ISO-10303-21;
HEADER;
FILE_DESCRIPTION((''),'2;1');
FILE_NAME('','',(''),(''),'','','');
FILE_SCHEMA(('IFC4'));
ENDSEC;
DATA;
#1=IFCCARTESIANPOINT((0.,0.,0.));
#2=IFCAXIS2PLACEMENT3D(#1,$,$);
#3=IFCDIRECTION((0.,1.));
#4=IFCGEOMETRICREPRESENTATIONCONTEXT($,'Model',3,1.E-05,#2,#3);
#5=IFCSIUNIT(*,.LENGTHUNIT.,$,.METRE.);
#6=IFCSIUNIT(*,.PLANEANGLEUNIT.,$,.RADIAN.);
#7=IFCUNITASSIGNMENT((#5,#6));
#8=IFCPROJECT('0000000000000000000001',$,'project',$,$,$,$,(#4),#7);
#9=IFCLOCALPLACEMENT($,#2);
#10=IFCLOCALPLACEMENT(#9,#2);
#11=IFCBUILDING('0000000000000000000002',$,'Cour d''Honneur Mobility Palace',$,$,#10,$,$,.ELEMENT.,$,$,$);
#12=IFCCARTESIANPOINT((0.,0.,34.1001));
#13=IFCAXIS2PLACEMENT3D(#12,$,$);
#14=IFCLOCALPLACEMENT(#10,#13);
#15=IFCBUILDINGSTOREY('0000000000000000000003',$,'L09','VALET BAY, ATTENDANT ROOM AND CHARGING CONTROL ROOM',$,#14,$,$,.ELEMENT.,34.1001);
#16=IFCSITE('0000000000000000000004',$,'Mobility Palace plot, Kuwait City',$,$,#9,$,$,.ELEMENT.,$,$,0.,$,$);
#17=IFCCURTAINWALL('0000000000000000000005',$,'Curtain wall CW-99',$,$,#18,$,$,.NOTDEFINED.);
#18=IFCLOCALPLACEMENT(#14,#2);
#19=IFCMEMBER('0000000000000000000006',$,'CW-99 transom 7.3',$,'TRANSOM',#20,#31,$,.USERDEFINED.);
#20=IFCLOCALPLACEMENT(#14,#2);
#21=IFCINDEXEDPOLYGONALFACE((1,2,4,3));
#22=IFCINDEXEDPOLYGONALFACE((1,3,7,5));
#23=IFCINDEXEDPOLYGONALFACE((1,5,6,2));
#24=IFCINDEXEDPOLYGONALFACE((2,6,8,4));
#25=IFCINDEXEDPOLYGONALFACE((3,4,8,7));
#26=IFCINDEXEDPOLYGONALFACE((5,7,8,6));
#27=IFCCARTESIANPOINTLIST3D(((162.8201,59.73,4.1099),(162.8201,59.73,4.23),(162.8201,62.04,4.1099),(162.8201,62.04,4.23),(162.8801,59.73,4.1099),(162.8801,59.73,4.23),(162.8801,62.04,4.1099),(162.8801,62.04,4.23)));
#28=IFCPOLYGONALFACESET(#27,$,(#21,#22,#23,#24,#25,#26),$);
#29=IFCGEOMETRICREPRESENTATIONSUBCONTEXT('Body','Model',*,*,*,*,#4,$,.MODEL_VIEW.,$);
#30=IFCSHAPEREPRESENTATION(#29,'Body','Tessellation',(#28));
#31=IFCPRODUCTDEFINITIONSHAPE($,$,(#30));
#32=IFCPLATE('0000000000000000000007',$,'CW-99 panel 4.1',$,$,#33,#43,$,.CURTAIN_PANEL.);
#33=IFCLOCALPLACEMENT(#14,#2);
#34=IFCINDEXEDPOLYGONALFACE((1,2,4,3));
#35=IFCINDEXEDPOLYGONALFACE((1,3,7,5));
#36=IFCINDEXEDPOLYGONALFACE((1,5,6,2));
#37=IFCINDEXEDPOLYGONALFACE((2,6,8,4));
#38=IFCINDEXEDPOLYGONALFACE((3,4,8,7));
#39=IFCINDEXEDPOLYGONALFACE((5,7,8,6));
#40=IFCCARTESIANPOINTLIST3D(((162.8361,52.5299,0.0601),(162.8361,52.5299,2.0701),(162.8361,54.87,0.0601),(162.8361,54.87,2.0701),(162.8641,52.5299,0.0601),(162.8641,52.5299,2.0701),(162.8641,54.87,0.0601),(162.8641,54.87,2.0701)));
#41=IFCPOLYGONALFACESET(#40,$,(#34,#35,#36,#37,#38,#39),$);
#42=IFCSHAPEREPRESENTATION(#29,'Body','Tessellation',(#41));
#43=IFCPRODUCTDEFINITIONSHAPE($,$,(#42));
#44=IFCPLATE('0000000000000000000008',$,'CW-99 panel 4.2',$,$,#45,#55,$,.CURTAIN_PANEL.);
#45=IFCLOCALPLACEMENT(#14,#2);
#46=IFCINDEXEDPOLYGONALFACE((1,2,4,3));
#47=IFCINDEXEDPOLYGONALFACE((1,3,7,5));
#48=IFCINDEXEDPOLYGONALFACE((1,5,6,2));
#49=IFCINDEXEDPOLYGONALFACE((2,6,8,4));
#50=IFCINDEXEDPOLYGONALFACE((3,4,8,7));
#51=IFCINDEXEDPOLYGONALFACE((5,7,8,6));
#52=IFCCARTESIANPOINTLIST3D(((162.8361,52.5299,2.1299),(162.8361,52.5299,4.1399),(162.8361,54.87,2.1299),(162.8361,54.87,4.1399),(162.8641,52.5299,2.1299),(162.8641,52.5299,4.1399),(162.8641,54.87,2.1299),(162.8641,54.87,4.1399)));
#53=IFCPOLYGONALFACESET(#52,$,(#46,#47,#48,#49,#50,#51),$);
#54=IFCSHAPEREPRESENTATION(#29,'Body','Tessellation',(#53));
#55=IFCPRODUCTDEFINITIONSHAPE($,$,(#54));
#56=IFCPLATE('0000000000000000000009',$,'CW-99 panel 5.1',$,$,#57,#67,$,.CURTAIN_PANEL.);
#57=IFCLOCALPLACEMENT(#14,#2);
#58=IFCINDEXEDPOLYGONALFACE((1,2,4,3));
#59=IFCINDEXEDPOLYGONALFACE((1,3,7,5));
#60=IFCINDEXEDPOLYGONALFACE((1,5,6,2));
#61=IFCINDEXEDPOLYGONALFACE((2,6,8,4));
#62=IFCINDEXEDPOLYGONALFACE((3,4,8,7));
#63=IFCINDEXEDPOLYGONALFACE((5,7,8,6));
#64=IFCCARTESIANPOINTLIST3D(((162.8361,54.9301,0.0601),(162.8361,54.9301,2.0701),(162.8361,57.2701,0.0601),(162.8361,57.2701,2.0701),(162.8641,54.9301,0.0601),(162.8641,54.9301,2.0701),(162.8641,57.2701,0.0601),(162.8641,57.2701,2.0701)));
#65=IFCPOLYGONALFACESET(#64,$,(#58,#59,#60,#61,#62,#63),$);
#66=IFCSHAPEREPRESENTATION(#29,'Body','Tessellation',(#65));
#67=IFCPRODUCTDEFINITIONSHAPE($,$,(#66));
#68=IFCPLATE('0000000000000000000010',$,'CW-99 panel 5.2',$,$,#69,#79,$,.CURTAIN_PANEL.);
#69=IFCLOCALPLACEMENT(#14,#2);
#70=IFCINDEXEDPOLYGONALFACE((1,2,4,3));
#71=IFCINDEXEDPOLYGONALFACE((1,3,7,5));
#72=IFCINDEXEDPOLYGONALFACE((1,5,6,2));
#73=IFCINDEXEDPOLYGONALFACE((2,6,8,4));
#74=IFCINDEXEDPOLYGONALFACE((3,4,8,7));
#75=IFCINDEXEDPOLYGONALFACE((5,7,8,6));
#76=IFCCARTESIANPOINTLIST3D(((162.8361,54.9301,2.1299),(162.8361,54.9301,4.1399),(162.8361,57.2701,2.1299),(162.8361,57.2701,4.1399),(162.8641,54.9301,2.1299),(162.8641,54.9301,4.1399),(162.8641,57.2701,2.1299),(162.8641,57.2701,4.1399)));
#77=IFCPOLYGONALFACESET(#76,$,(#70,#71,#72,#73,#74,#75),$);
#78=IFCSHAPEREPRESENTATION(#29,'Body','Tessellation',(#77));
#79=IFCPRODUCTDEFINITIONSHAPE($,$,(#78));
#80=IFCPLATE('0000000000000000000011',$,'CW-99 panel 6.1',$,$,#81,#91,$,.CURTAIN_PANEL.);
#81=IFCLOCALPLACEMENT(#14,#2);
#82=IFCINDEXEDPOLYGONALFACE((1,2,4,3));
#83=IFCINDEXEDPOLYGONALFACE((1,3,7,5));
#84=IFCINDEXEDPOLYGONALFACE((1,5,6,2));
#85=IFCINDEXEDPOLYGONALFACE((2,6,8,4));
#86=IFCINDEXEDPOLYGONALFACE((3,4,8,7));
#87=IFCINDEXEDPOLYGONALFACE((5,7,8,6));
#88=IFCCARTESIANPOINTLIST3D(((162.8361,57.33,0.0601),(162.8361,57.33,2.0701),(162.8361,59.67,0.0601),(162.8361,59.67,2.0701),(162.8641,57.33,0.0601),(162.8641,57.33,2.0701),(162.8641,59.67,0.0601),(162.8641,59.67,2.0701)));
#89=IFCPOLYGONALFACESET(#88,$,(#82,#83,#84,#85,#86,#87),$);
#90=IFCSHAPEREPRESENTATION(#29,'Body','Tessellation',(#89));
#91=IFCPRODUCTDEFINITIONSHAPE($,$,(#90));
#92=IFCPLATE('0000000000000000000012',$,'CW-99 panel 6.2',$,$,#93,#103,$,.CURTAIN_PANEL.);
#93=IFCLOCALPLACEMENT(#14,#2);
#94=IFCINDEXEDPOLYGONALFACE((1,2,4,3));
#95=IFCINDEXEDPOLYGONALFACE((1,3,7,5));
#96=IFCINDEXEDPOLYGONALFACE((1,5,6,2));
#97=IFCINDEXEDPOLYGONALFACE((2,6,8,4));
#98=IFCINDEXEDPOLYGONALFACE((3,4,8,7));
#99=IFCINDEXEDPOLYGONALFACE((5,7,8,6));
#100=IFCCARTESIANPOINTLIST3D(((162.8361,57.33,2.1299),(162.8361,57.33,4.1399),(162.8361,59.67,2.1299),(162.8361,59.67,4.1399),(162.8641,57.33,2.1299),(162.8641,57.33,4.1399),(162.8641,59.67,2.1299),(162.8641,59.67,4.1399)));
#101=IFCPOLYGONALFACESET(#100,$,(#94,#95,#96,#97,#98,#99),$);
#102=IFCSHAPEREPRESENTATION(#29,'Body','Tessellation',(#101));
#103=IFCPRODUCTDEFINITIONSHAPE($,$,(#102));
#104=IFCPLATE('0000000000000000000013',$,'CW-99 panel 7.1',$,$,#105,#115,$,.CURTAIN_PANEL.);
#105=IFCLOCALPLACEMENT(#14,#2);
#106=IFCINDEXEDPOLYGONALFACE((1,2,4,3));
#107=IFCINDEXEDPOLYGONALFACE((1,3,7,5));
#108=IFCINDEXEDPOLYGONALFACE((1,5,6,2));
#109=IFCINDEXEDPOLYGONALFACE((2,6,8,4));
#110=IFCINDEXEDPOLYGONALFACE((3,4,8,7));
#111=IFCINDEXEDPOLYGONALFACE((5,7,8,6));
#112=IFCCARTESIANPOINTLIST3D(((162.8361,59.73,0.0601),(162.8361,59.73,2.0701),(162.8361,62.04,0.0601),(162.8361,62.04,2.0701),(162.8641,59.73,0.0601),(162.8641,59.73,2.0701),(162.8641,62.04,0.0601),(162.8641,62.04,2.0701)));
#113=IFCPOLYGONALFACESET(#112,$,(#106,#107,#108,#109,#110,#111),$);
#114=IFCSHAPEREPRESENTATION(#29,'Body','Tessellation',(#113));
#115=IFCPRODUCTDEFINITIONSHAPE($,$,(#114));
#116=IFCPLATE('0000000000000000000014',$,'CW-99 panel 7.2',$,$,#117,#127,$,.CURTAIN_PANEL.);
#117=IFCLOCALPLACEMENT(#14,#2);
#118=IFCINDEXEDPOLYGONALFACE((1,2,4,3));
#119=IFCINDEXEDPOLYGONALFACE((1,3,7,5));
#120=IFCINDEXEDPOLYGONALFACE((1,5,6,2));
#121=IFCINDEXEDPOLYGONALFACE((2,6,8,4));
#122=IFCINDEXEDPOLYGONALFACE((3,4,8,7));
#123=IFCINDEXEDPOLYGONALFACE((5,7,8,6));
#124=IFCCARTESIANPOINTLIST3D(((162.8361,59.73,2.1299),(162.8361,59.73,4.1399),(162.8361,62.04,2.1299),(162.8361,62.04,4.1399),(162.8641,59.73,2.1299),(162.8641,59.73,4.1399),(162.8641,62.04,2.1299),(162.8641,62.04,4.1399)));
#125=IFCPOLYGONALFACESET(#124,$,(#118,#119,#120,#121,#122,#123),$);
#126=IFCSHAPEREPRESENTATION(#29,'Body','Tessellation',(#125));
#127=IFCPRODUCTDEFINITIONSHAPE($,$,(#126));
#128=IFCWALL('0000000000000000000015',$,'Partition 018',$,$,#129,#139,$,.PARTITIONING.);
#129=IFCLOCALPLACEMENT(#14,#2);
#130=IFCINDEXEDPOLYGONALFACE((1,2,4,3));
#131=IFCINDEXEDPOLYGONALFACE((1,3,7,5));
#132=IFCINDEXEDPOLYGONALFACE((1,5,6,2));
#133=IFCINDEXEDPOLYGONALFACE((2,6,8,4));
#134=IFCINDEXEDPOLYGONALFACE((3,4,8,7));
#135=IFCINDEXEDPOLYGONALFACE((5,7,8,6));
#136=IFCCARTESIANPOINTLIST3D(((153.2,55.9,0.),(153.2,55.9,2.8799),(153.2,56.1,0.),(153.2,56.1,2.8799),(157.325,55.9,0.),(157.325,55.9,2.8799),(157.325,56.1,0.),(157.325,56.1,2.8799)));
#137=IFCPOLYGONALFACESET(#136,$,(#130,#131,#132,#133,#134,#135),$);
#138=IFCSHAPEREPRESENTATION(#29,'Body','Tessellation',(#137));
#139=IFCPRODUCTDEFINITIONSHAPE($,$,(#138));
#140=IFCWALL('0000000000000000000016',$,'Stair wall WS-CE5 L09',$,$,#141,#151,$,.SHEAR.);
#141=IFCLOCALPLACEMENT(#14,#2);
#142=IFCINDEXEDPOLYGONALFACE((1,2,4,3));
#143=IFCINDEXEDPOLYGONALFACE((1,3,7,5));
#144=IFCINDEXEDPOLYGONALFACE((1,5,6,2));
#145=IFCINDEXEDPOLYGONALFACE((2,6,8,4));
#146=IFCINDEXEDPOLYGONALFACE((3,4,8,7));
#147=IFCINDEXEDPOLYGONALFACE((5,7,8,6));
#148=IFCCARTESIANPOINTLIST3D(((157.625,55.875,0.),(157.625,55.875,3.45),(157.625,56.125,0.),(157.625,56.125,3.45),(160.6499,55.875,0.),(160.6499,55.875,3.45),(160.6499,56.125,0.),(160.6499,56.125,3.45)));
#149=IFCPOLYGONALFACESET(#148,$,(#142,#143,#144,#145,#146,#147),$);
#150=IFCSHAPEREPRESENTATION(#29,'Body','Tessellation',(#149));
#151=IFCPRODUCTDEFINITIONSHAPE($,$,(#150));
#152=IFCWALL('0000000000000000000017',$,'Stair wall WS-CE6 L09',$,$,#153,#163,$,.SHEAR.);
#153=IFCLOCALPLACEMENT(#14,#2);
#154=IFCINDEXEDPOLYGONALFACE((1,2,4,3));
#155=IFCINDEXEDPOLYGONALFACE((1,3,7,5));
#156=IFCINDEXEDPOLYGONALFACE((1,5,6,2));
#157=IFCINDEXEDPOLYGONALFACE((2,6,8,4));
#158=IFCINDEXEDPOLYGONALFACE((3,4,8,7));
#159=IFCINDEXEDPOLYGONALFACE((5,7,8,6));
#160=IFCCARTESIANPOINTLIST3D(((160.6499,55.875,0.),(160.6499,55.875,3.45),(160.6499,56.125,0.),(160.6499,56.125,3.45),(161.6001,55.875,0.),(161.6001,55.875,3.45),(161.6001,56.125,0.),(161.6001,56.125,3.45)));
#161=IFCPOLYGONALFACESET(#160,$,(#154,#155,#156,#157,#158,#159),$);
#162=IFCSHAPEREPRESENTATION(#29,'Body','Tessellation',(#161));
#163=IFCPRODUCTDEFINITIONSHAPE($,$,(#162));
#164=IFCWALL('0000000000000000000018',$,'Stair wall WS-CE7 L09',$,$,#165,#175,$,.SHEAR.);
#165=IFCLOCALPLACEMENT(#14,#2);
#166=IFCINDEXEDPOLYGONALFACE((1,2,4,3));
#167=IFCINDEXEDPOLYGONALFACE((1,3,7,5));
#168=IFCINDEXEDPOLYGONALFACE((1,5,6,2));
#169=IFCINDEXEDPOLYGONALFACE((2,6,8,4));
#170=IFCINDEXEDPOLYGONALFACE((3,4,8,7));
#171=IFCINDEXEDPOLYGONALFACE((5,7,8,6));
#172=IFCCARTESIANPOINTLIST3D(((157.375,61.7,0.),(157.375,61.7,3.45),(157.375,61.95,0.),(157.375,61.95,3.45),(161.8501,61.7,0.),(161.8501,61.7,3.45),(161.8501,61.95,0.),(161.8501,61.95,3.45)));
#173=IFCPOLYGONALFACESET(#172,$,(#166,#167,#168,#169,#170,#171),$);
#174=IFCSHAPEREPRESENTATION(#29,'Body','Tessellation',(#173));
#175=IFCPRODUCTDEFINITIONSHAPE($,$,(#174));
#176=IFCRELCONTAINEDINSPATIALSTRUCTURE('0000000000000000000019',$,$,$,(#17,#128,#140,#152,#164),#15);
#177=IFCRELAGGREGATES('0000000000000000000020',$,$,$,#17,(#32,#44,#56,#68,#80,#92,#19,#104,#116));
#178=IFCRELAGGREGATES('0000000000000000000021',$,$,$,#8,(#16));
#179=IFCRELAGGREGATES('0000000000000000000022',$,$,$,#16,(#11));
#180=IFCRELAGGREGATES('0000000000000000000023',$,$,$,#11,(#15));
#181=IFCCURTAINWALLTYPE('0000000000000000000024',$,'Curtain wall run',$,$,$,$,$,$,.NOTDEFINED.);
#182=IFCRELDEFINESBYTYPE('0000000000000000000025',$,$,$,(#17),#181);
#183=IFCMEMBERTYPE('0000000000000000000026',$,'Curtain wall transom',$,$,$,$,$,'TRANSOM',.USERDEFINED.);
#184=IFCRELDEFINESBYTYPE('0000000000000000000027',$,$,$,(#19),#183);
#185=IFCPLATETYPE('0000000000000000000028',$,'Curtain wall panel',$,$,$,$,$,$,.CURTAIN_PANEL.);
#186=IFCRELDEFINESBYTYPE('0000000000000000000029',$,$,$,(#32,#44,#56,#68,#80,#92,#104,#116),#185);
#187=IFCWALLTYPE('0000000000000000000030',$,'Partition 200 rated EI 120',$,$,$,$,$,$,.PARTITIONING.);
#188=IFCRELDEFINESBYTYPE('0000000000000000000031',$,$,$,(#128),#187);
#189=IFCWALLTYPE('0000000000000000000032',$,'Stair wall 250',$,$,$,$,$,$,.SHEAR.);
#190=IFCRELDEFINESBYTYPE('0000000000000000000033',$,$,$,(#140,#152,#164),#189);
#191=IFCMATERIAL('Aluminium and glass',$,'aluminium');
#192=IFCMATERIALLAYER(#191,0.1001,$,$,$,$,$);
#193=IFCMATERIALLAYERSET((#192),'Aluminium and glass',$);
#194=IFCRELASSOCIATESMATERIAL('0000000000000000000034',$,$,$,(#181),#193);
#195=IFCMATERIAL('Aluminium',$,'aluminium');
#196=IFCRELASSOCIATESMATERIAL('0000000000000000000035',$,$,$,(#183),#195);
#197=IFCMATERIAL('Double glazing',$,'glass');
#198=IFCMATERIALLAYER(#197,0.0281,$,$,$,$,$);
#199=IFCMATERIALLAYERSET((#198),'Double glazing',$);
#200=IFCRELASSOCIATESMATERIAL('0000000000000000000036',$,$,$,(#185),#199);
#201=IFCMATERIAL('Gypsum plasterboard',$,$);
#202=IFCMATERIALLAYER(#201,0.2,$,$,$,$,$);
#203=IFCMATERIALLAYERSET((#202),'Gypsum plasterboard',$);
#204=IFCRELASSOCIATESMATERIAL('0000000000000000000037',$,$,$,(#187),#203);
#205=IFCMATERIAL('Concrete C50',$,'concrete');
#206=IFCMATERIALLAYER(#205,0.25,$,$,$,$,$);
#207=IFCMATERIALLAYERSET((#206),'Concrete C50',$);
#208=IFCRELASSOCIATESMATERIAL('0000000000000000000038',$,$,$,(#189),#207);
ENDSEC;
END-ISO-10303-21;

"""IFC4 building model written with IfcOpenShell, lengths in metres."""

from ifc_helpers import new_model, si_unit, direction, frame, frame_2d, origin, origin_2d, place, context, subcontext, project, spatial, rectangle, extrude, material, layer, layer_set, material_profile, profile_set, type_object, element, aggregate, save


model = new_model("IFC4")

# Units and contexts
model_context = context("Model", 3, precision=1e-05, world=origin(), true_north=direction((0.0, 1.0)))
body_context = subcontext(model_context, "Body", "Model", "MODEL_VIEW")
ifc_project = project(units=[si_unit("LENGTHUNIT", "METRE"), si_unit("PLANEANGLEUNIT", "RADIAN")], contexts=[model_context])

# Site, building, storey
site_placement = place(None, origin())
site = spatial("IfcSite", under=ifc_project, at=site_placement, Name="Mobility Palace plot, Kuwait City", CompositionType="ELEMENT", RefElevation=0.0)
building_placement = place(site_placement, origin())
building = spatial("IfcBuilding", under=site, at=building_placement, Name="Cour d'Honneur Mobility Palace", CompositionType="ELEMENT")
storey_placement = place(building_placement, frame((0.0, 0.0, 34.1001)))
storey = spatial("IfcBuildingStorey", under=building, at=storey_placement, Name="L09", Description="VALET BAY, ATTENDANT ROOM AND CHARGING CONTROL ROOM", CompositionType="ELEMENT", Elevation=34.1001)

# Curtain wall, member, plates
ifc_material_1 = material(Name="Aluminium and glass", Category="aluminium")
ifc_layer_1 = layer(ifc_material_1, 0.1001)
ifc_layer_set_1 = layer_set([ifc_layer_1], Name="Aluminium and glass")
curtain_wall_type = type_object("IfcCurtainWallType", Name="Curtain wall run", PredefinedType="NOTDEFINED", material=ifc_layer_set_1)
curtain_wall_placement = place(storey_placement, origin())
curtain_wall = element("IfcCurtainWall", 1, at=curtain_wall_placement, inside=storey, type_object=curtain_wall_type, Name="Curtain wall CW-99", PredefinedType="NOTDEFINED")
ifc_material_2 = material(Name="Aluminium", Category="aluminium")
ifc_material_profile_1 = material_profile(ifc_material_2, rectangle(XDim=0.0601, YDim=0.1201, at=origin_2d()), Name="Curtain wall transom")
ifc_profile_set_1 = profile_set([ifc_material_profile_1], Name="Aluminium")
member_type_1 = type_object("IfcMemberType", Name="Curtain wall transom", ElementType="TRANSOM", PredefinedType="USERDEFINED", material=ifc_profile_set_1)
member_1_placement = place(storey_placement, frame((162.8501, 59.73, 4.1699), z_axis=(0.0, 1.0, 0.0), x_axis=(-1.0, 0.0, 0.0)))
member_1 = element("IfcMember", 2, at=member_1_placement, type_object=member_type_1, Name="CW-99 transom 7.3", ObjectType="TRANSOM", PredefinedType="USERDEFINED", context=body_context, shape_type="SweptSolid", body=[
    extrude(rectangle(XDim=0.0601, YDim=0.1201, at=origin_2d()), origin(), (0.0, 0.0, 1.0), 2.3101),
])
ifc_material_3 = material(Name="Double glazing", Category="glass")
ifc_layer_2 = layer(ifc_material_3, 0.0281)
ifc_layer_set_2 = layer_set([ifc_layer_2], Name="Double glazing")
plate_type = type_object("IfcPlateType", Name="Curtain wall panel", PredefinedType="CURTAIN_PANEL", material=ifc_layer_set_2)
plate_1_placement = place(storey_placement, frame((162.8501, 53.7, 0.0601), z_axis=(0.0, 0.0, 1.0), x_axis=(0.0, 1.0, 0.0)))
plate_1 = element("IfcPlate", 3, at=plate_1_placement, type_object=plate_type, Name="CW-99 panel 4.1", PredefinedType="CURTAIN_PANEL", context=body_context, shape_type="SweptSolid", body=[
    extrude(rectangle(XDim=2.3401, YDim=0.0281, at=origin_2d()), origin(), (0.0, 0.0, 1.0), 2.01),
])
plate_2_placement = place(storey_placement, frame((162.8501, 53.7, 2.1299), z_axis=(0.0, 0.0, 1.0), x_axis=(0.0, 1.0, 0.0)))
plate_2 = element("IfcPlate", 4, at=plate_2_placement, type_object=plate_type, Name="CW-99 panel 4.2", PredefinedType="CURTAIN_PANEL", context=body_context, shape_type="SweptSolid", body=[
    extrude(rectangle(XDim=2.3401, YDim=0.0281, at=origin_2d()), origin(), (0.0, 0.0, 1.0), 2.01),
])
plate_3_placement = place(storey_placement, frame((162.8501, 56.1001, 0.0601), z_axis=(0.0, 0.0, 1.0), x_axis=(0.0, 1.0, 0.0)))
plate_3 = element("IfcPlate", 5, at=plate_3_placement, type_object=plate_type, Name="CW-99 panel 5.1", PredefinedType="CURTAIN_PANEL", context=body_context, shape_type="SweptSolid", body=[
    extrude(rectangle(XDim=2.3401, YDim=0.0281, at=origin_2d()), origin(), (0.0, 0.0, 1.0), 2.01),
])
plate_4_placement = place(storey_placement, frame((162.8501, 56.1001, 2.1299), z_axis=(0.0, 0.0, 1.0), x_axis=(0.0, 1.0, 0.0)))
plate_4 = element("IfcPlate", 6, at=plate_4_placement, type_object=plate_type, Name="CW-99 panel 5.2", PredefinedType="CURTAIN_PANEL", context=body_context, shape_type="SweptSolid", body=[
    extrude(rectangle(XDim=2.3401, YDim=0.0281, at=origin_2d()), origin(), (0.0, 0.0, 1.0), 2.01),
])
plate_5_placement = place(storey_placement, frame((162.8501, 58.5, 0.0601), z_axis=(0.0, 0.0, 1.0), x_axis=(0.0, 1.0, 0.0)))
plate_5 = element("IfcPlate", 7, at=plate_5_placement, type_object=plate_type, Name="CW-99 panel 6.1", PredefinedType="CURTAIN_PANEL", context=body_context, shape_type="SweptSolid", body=[
    extrude(rectangle(XDim=2.3401, YDim=0.0281, at=origin_2d()), origin(), (0.0, 0.0, 1.0), 2.01),
])
plate_6_placement = place(storey_placement, frame((162.8501, 58.5, 2.1299), z_axis=(0.0, 0.0, 1.0), x_axis=(0.0, 1.0, 0.0)))
plate_6 = element("IfcPlate", 8, at=plate_6_placement, type_object=plate_type, Name="CW-99 panel 6.2", PredefinedType="CURTAIN_PANEL", context=body_context, shape_type="SweptSolid", body=[
    extrude(rectangle(XDim=2.3401, YDim=0.0281, at=origin_2d()), origin(), (0.0, 0.0, 1.0), 2.01),
])
plate_7_placement = place(storey_placement, frame((162.8501, 60.885, 0.0601), z_axis=(0.0, 0.0, 1.0), x_axis=(0.0, 1.0, 0.0)))
plate_7 = element("IfcPlate", 9, at=plate_7_placement, type_object=plate_type, Name="CW-99 panel 7.1", PredefinedType="CURTAIN_PANEL", context=body_context, shape_type="SweptSolid", body=[
    extrude(rectangle(XDim=2.3101, YDim=0.0281, at=origin_2d()), origin(), (0.0, 0.0, 1.0), 2.01),
])
plate_8_placement = place(storey_placement, frame((162.8501, 60.885, 2.1299), z_axis=(0.0, 0.0, 1.0), x_axis=(0.0, 1.0, 0.0)))
plate_8 = element("IfcPlate", 10, at=plate_8_placement, type_object=plate_type, Name="CW-99 panel 7.2", PredefinedType="CURTAIN_PANEL", context=body_context, shape_type="SweptSolid", body=[
    extrude(rectangle(XDim=2.3101, YDim=0.0281, at=origin_2d()), origin(), (0.0, 0.0, 1.0), 2.01),
])
aggregate(curtain_wall, [plate_1, plate_2, plate_3, plate_4, plate_5, plate_6, member_1, plate_7, plate_8])

# Walls
ifc_material_4 = material(Name="Gypsum plasterboard")
ifc_layer_3 = layer(ifc_material_4, 0.2)
ifc_layer_set_3 = layer_set([ifc_layer_3], Name="Gypsum plasterboard")
wall_type_1 = type_object("IfcWallType", Name="Partition 200 rated EI 120", PredefinedType="PARTITIONING", material=ifc_layer_set_3)
wall_1_placement = place(storey_placement, frame((157.325, 56.0, 0.0), z_axis=(0.0, 0.0, 1.0), x_axis=(-1.0, 0.0, 0.0)))
element("IfcWall", 11, at=wall_1_placement, inside=storey, type_object=wall_type_1, Name="Partition 018", PredefinedType="PARTITIONING", context=body_context, shape_type="SweptSolid", body=[
    extrude(rectangle(XDim=4.125, YDim=0.2, at=frame_2d((2.0625, 0.0))), origin(), (0.0, 0.0, 1.0), 2.8799),
])
ifc_material_5 = material(Name="Concrete C50", Category="concrete")
ifc_layer_4 = layer(ifc_material_5, 0.25)
ifc_layer_set_4 = layer_set([ifc_layer_4], Name="Concrete C50")
wall_type_2 = type_object("IfcWallType", Name="Stair wall 250", PredefinedType="SHEAR", material=ifc_layer_set_4)
wall_2_placement = place(storey_placement, frame((157.625, 56.0, 0.0), z_axis=(0.0, 0.0, 1.0), x_axis=(1.0, 0.0, 0.0)))
element("IfcWall", 12, at=wall_2_placement, inside=storey, type_object=wall_type_2, Name="Stair wall WS-CE5 L09", PredefinedType="SHEAR", context=body_context, shape_type="SweptSolid", body=[
    extrude(rectangle(XDim=3.0249, YDim=0.25, at=frame_2d((1.5125, 0.0))), origin(), (0.0, 0.0, 1.0), 3.45),
])
wall_3_placement = place(storey_placement, frame((160.6499, 56.0, 0.0), z_axis=(0.0, 0.0, 1.0), x_axis=(1.0, 0.0, 0.0)))
element("IfcWall", 13, at=wall_3_placement, inside=storey, type_object=wall_type_2, Name="Stair wall WS-CE6 L09", PredefinedType="SHEAR", context=body_context, shape_type="SweptSolid", body=[
    extrude(rectangle(XDim=0.9502, YDim=0.25, at=frame_2d((0.4751, 0.0))), origin(), (0.0, 0.0, 1.0), 3.45),
])
wall_4_placement = place(storey_placement, frame((157.375, 61.825, 0.0), z_axis=(0.0, 0.0, 1.0), x_axis=(1.0, 0.0, 0.0)))
element("IfcWall", 14, at=wall_4_placement, inside=storey, type_object=wall_type_2, Name="Stair wall WS-CE7 L09", PredefinedType="SHEAR", context=body_context, shape_type="SweptSolid", body=[
    extrude(rectangle(XDim=4.4751, YDim=0.25, at=frame_2d((2.2375, 0.0))), origin(), (0.0, 0.0, 1.0), 3.45),
])

save(model, "model.ifc")
